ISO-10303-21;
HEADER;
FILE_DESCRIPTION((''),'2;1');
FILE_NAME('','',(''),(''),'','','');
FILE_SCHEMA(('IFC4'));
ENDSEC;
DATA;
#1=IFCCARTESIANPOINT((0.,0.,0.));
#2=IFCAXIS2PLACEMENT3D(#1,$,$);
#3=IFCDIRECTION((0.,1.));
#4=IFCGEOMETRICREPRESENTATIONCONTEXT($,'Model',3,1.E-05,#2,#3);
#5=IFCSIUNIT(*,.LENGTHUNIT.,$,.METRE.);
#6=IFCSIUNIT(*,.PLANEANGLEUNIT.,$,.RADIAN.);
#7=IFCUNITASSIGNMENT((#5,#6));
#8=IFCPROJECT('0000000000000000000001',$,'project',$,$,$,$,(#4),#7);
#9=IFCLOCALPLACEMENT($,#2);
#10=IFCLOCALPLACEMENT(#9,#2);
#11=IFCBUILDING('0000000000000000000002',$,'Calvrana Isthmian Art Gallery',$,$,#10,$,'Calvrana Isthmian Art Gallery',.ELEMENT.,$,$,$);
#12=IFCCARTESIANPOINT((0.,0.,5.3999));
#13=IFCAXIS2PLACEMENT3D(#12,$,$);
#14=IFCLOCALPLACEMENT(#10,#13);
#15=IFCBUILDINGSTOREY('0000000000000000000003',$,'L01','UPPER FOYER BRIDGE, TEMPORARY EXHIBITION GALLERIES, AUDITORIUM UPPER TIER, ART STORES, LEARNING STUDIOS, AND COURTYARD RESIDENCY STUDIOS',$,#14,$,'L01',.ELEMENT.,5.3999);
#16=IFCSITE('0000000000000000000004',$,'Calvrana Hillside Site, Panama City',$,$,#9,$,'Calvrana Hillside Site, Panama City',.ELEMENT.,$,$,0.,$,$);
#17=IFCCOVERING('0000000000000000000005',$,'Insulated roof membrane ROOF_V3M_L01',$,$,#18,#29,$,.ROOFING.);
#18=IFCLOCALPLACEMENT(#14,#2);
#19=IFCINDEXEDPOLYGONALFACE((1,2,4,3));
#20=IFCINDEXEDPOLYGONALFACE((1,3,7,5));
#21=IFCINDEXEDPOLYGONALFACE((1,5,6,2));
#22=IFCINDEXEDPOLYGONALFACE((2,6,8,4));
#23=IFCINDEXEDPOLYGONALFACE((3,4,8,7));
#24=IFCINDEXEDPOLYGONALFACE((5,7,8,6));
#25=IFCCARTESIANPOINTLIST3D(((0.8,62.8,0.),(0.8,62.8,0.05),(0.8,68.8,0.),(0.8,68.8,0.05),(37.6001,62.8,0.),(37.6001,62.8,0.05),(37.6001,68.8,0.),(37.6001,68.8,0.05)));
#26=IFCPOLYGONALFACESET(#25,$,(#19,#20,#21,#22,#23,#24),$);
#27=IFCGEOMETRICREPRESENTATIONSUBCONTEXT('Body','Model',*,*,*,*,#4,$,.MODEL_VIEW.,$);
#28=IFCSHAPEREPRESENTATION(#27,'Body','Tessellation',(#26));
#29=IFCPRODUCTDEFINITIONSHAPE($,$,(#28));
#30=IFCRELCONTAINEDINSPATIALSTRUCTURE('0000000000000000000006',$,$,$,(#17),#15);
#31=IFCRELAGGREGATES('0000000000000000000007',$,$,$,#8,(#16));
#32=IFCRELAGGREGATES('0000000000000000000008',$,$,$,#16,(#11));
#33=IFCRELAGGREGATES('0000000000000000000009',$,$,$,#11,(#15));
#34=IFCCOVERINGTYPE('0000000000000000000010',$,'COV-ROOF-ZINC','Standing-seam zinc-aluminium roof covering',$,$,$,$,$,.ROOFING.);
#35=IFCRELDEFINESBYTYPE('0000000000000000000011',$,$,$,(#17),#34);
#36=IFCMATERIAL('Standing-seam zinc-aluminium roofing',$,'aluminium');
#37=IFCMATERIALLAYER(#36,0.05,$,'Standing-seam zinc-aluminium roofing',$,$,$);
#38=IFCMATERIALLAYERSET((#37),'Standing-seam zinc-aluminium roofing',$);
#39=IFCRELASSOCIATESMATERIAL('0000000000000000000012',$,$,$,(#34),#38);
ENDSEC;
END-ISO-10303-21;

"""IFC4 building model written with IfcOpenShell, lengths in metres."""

from ifc_helpers import new_model, si_unit, direction, frame, origin, place, context, subcontext, project, spatial, polyline, outline, extrude, material, layer, layer_set, type_object, element, save


model = new_model("IFC4")

# Units and contexts
model_context = context("Model", 3, precision=1e-05, world=origin(), true_north=direction((0.0, 1.0)))
body_context = subcontext(model_context, "Body", "Model", "MODEL_VIEW")
ifc_project = project(units=[si_unit("LENGTHUNIT", "METRE"), si_unit("PLANEANGLEUNIT", "RADIAN")], contexts=[model_context])

# Site, building, storey
site_placement = place(None, origin())
site = spatial("IfcSite", under=ifc_project, at=site_placement, Name="Calvrana Hillside Site, Panama City", LongName="Calvrana Hillside Site, Panama City", CompositionType="ELEMENT", RefElevation=0.0)
building_placement = place(site_placement, origin())
building = spatial("IfcBuilding", under=site, at=building_placement, Name="Calvrana Isthmian Art Gallery", LongName="Calvrana Isthmian Art Gallery", CompositionType="ELEMENT")
storey_placement = place(building_placement, frame((0.0, 0.0, 5.3999)))
storey = spatial("IfcBuildingStorey", under=building, at=storey_placement, Name="L01", Description="UPPER FOYER BRIDGE, TEMPORARY EXHIBITION GALLERIES, AUDITORIUM UPPER TIER, ART STORES, LEARNING STUDIOS, AND COURTYARD RESIDENCY STUDIOS", LongName="L01", CompositionType="ELEMENT", Elevation=5.3999)

# Covering
ifc_material_1 = material(Name="Standing-seam zinc-aluminium roofing", Category="aluminium")
ifc_layer_1 = layer(ifc_material_1, 0.05, Name="Standing-seam zinc-aluminium roofing")
ifc_layer_set_1 = layer_set([ifc_layer_1], Name="Standing-seam zinc-aluminium roofing")
covering_type_1 = type_object("IfcCoveringType", Name="COV-ROOF-ZINC", Description="Standing-seam zinc-aluminium roof covering", PredefinedType="ROOFING", material=ifc_layer_set_1)
covering_1_placement = place(storey_placement, origin())
element("IfcCovering", 1, at=covering_1_placement, inside=storey, type_object=covering_type_1, Name="Insulated roof membrane ROOF_V3M_L01", PredefinedType="ROOFING", context=body_context, shape_type="SweptSolid", body=[
    extrude(outline(polyline([(0.8, 62.8), (37.6001, 62.8), (37.6001, 68.8), (0.8, 68.8), (0.8, 62.8)])), origin(), (0.0, 0.0, 1.0), 0.05),
])

save(model, "model.ifc")
